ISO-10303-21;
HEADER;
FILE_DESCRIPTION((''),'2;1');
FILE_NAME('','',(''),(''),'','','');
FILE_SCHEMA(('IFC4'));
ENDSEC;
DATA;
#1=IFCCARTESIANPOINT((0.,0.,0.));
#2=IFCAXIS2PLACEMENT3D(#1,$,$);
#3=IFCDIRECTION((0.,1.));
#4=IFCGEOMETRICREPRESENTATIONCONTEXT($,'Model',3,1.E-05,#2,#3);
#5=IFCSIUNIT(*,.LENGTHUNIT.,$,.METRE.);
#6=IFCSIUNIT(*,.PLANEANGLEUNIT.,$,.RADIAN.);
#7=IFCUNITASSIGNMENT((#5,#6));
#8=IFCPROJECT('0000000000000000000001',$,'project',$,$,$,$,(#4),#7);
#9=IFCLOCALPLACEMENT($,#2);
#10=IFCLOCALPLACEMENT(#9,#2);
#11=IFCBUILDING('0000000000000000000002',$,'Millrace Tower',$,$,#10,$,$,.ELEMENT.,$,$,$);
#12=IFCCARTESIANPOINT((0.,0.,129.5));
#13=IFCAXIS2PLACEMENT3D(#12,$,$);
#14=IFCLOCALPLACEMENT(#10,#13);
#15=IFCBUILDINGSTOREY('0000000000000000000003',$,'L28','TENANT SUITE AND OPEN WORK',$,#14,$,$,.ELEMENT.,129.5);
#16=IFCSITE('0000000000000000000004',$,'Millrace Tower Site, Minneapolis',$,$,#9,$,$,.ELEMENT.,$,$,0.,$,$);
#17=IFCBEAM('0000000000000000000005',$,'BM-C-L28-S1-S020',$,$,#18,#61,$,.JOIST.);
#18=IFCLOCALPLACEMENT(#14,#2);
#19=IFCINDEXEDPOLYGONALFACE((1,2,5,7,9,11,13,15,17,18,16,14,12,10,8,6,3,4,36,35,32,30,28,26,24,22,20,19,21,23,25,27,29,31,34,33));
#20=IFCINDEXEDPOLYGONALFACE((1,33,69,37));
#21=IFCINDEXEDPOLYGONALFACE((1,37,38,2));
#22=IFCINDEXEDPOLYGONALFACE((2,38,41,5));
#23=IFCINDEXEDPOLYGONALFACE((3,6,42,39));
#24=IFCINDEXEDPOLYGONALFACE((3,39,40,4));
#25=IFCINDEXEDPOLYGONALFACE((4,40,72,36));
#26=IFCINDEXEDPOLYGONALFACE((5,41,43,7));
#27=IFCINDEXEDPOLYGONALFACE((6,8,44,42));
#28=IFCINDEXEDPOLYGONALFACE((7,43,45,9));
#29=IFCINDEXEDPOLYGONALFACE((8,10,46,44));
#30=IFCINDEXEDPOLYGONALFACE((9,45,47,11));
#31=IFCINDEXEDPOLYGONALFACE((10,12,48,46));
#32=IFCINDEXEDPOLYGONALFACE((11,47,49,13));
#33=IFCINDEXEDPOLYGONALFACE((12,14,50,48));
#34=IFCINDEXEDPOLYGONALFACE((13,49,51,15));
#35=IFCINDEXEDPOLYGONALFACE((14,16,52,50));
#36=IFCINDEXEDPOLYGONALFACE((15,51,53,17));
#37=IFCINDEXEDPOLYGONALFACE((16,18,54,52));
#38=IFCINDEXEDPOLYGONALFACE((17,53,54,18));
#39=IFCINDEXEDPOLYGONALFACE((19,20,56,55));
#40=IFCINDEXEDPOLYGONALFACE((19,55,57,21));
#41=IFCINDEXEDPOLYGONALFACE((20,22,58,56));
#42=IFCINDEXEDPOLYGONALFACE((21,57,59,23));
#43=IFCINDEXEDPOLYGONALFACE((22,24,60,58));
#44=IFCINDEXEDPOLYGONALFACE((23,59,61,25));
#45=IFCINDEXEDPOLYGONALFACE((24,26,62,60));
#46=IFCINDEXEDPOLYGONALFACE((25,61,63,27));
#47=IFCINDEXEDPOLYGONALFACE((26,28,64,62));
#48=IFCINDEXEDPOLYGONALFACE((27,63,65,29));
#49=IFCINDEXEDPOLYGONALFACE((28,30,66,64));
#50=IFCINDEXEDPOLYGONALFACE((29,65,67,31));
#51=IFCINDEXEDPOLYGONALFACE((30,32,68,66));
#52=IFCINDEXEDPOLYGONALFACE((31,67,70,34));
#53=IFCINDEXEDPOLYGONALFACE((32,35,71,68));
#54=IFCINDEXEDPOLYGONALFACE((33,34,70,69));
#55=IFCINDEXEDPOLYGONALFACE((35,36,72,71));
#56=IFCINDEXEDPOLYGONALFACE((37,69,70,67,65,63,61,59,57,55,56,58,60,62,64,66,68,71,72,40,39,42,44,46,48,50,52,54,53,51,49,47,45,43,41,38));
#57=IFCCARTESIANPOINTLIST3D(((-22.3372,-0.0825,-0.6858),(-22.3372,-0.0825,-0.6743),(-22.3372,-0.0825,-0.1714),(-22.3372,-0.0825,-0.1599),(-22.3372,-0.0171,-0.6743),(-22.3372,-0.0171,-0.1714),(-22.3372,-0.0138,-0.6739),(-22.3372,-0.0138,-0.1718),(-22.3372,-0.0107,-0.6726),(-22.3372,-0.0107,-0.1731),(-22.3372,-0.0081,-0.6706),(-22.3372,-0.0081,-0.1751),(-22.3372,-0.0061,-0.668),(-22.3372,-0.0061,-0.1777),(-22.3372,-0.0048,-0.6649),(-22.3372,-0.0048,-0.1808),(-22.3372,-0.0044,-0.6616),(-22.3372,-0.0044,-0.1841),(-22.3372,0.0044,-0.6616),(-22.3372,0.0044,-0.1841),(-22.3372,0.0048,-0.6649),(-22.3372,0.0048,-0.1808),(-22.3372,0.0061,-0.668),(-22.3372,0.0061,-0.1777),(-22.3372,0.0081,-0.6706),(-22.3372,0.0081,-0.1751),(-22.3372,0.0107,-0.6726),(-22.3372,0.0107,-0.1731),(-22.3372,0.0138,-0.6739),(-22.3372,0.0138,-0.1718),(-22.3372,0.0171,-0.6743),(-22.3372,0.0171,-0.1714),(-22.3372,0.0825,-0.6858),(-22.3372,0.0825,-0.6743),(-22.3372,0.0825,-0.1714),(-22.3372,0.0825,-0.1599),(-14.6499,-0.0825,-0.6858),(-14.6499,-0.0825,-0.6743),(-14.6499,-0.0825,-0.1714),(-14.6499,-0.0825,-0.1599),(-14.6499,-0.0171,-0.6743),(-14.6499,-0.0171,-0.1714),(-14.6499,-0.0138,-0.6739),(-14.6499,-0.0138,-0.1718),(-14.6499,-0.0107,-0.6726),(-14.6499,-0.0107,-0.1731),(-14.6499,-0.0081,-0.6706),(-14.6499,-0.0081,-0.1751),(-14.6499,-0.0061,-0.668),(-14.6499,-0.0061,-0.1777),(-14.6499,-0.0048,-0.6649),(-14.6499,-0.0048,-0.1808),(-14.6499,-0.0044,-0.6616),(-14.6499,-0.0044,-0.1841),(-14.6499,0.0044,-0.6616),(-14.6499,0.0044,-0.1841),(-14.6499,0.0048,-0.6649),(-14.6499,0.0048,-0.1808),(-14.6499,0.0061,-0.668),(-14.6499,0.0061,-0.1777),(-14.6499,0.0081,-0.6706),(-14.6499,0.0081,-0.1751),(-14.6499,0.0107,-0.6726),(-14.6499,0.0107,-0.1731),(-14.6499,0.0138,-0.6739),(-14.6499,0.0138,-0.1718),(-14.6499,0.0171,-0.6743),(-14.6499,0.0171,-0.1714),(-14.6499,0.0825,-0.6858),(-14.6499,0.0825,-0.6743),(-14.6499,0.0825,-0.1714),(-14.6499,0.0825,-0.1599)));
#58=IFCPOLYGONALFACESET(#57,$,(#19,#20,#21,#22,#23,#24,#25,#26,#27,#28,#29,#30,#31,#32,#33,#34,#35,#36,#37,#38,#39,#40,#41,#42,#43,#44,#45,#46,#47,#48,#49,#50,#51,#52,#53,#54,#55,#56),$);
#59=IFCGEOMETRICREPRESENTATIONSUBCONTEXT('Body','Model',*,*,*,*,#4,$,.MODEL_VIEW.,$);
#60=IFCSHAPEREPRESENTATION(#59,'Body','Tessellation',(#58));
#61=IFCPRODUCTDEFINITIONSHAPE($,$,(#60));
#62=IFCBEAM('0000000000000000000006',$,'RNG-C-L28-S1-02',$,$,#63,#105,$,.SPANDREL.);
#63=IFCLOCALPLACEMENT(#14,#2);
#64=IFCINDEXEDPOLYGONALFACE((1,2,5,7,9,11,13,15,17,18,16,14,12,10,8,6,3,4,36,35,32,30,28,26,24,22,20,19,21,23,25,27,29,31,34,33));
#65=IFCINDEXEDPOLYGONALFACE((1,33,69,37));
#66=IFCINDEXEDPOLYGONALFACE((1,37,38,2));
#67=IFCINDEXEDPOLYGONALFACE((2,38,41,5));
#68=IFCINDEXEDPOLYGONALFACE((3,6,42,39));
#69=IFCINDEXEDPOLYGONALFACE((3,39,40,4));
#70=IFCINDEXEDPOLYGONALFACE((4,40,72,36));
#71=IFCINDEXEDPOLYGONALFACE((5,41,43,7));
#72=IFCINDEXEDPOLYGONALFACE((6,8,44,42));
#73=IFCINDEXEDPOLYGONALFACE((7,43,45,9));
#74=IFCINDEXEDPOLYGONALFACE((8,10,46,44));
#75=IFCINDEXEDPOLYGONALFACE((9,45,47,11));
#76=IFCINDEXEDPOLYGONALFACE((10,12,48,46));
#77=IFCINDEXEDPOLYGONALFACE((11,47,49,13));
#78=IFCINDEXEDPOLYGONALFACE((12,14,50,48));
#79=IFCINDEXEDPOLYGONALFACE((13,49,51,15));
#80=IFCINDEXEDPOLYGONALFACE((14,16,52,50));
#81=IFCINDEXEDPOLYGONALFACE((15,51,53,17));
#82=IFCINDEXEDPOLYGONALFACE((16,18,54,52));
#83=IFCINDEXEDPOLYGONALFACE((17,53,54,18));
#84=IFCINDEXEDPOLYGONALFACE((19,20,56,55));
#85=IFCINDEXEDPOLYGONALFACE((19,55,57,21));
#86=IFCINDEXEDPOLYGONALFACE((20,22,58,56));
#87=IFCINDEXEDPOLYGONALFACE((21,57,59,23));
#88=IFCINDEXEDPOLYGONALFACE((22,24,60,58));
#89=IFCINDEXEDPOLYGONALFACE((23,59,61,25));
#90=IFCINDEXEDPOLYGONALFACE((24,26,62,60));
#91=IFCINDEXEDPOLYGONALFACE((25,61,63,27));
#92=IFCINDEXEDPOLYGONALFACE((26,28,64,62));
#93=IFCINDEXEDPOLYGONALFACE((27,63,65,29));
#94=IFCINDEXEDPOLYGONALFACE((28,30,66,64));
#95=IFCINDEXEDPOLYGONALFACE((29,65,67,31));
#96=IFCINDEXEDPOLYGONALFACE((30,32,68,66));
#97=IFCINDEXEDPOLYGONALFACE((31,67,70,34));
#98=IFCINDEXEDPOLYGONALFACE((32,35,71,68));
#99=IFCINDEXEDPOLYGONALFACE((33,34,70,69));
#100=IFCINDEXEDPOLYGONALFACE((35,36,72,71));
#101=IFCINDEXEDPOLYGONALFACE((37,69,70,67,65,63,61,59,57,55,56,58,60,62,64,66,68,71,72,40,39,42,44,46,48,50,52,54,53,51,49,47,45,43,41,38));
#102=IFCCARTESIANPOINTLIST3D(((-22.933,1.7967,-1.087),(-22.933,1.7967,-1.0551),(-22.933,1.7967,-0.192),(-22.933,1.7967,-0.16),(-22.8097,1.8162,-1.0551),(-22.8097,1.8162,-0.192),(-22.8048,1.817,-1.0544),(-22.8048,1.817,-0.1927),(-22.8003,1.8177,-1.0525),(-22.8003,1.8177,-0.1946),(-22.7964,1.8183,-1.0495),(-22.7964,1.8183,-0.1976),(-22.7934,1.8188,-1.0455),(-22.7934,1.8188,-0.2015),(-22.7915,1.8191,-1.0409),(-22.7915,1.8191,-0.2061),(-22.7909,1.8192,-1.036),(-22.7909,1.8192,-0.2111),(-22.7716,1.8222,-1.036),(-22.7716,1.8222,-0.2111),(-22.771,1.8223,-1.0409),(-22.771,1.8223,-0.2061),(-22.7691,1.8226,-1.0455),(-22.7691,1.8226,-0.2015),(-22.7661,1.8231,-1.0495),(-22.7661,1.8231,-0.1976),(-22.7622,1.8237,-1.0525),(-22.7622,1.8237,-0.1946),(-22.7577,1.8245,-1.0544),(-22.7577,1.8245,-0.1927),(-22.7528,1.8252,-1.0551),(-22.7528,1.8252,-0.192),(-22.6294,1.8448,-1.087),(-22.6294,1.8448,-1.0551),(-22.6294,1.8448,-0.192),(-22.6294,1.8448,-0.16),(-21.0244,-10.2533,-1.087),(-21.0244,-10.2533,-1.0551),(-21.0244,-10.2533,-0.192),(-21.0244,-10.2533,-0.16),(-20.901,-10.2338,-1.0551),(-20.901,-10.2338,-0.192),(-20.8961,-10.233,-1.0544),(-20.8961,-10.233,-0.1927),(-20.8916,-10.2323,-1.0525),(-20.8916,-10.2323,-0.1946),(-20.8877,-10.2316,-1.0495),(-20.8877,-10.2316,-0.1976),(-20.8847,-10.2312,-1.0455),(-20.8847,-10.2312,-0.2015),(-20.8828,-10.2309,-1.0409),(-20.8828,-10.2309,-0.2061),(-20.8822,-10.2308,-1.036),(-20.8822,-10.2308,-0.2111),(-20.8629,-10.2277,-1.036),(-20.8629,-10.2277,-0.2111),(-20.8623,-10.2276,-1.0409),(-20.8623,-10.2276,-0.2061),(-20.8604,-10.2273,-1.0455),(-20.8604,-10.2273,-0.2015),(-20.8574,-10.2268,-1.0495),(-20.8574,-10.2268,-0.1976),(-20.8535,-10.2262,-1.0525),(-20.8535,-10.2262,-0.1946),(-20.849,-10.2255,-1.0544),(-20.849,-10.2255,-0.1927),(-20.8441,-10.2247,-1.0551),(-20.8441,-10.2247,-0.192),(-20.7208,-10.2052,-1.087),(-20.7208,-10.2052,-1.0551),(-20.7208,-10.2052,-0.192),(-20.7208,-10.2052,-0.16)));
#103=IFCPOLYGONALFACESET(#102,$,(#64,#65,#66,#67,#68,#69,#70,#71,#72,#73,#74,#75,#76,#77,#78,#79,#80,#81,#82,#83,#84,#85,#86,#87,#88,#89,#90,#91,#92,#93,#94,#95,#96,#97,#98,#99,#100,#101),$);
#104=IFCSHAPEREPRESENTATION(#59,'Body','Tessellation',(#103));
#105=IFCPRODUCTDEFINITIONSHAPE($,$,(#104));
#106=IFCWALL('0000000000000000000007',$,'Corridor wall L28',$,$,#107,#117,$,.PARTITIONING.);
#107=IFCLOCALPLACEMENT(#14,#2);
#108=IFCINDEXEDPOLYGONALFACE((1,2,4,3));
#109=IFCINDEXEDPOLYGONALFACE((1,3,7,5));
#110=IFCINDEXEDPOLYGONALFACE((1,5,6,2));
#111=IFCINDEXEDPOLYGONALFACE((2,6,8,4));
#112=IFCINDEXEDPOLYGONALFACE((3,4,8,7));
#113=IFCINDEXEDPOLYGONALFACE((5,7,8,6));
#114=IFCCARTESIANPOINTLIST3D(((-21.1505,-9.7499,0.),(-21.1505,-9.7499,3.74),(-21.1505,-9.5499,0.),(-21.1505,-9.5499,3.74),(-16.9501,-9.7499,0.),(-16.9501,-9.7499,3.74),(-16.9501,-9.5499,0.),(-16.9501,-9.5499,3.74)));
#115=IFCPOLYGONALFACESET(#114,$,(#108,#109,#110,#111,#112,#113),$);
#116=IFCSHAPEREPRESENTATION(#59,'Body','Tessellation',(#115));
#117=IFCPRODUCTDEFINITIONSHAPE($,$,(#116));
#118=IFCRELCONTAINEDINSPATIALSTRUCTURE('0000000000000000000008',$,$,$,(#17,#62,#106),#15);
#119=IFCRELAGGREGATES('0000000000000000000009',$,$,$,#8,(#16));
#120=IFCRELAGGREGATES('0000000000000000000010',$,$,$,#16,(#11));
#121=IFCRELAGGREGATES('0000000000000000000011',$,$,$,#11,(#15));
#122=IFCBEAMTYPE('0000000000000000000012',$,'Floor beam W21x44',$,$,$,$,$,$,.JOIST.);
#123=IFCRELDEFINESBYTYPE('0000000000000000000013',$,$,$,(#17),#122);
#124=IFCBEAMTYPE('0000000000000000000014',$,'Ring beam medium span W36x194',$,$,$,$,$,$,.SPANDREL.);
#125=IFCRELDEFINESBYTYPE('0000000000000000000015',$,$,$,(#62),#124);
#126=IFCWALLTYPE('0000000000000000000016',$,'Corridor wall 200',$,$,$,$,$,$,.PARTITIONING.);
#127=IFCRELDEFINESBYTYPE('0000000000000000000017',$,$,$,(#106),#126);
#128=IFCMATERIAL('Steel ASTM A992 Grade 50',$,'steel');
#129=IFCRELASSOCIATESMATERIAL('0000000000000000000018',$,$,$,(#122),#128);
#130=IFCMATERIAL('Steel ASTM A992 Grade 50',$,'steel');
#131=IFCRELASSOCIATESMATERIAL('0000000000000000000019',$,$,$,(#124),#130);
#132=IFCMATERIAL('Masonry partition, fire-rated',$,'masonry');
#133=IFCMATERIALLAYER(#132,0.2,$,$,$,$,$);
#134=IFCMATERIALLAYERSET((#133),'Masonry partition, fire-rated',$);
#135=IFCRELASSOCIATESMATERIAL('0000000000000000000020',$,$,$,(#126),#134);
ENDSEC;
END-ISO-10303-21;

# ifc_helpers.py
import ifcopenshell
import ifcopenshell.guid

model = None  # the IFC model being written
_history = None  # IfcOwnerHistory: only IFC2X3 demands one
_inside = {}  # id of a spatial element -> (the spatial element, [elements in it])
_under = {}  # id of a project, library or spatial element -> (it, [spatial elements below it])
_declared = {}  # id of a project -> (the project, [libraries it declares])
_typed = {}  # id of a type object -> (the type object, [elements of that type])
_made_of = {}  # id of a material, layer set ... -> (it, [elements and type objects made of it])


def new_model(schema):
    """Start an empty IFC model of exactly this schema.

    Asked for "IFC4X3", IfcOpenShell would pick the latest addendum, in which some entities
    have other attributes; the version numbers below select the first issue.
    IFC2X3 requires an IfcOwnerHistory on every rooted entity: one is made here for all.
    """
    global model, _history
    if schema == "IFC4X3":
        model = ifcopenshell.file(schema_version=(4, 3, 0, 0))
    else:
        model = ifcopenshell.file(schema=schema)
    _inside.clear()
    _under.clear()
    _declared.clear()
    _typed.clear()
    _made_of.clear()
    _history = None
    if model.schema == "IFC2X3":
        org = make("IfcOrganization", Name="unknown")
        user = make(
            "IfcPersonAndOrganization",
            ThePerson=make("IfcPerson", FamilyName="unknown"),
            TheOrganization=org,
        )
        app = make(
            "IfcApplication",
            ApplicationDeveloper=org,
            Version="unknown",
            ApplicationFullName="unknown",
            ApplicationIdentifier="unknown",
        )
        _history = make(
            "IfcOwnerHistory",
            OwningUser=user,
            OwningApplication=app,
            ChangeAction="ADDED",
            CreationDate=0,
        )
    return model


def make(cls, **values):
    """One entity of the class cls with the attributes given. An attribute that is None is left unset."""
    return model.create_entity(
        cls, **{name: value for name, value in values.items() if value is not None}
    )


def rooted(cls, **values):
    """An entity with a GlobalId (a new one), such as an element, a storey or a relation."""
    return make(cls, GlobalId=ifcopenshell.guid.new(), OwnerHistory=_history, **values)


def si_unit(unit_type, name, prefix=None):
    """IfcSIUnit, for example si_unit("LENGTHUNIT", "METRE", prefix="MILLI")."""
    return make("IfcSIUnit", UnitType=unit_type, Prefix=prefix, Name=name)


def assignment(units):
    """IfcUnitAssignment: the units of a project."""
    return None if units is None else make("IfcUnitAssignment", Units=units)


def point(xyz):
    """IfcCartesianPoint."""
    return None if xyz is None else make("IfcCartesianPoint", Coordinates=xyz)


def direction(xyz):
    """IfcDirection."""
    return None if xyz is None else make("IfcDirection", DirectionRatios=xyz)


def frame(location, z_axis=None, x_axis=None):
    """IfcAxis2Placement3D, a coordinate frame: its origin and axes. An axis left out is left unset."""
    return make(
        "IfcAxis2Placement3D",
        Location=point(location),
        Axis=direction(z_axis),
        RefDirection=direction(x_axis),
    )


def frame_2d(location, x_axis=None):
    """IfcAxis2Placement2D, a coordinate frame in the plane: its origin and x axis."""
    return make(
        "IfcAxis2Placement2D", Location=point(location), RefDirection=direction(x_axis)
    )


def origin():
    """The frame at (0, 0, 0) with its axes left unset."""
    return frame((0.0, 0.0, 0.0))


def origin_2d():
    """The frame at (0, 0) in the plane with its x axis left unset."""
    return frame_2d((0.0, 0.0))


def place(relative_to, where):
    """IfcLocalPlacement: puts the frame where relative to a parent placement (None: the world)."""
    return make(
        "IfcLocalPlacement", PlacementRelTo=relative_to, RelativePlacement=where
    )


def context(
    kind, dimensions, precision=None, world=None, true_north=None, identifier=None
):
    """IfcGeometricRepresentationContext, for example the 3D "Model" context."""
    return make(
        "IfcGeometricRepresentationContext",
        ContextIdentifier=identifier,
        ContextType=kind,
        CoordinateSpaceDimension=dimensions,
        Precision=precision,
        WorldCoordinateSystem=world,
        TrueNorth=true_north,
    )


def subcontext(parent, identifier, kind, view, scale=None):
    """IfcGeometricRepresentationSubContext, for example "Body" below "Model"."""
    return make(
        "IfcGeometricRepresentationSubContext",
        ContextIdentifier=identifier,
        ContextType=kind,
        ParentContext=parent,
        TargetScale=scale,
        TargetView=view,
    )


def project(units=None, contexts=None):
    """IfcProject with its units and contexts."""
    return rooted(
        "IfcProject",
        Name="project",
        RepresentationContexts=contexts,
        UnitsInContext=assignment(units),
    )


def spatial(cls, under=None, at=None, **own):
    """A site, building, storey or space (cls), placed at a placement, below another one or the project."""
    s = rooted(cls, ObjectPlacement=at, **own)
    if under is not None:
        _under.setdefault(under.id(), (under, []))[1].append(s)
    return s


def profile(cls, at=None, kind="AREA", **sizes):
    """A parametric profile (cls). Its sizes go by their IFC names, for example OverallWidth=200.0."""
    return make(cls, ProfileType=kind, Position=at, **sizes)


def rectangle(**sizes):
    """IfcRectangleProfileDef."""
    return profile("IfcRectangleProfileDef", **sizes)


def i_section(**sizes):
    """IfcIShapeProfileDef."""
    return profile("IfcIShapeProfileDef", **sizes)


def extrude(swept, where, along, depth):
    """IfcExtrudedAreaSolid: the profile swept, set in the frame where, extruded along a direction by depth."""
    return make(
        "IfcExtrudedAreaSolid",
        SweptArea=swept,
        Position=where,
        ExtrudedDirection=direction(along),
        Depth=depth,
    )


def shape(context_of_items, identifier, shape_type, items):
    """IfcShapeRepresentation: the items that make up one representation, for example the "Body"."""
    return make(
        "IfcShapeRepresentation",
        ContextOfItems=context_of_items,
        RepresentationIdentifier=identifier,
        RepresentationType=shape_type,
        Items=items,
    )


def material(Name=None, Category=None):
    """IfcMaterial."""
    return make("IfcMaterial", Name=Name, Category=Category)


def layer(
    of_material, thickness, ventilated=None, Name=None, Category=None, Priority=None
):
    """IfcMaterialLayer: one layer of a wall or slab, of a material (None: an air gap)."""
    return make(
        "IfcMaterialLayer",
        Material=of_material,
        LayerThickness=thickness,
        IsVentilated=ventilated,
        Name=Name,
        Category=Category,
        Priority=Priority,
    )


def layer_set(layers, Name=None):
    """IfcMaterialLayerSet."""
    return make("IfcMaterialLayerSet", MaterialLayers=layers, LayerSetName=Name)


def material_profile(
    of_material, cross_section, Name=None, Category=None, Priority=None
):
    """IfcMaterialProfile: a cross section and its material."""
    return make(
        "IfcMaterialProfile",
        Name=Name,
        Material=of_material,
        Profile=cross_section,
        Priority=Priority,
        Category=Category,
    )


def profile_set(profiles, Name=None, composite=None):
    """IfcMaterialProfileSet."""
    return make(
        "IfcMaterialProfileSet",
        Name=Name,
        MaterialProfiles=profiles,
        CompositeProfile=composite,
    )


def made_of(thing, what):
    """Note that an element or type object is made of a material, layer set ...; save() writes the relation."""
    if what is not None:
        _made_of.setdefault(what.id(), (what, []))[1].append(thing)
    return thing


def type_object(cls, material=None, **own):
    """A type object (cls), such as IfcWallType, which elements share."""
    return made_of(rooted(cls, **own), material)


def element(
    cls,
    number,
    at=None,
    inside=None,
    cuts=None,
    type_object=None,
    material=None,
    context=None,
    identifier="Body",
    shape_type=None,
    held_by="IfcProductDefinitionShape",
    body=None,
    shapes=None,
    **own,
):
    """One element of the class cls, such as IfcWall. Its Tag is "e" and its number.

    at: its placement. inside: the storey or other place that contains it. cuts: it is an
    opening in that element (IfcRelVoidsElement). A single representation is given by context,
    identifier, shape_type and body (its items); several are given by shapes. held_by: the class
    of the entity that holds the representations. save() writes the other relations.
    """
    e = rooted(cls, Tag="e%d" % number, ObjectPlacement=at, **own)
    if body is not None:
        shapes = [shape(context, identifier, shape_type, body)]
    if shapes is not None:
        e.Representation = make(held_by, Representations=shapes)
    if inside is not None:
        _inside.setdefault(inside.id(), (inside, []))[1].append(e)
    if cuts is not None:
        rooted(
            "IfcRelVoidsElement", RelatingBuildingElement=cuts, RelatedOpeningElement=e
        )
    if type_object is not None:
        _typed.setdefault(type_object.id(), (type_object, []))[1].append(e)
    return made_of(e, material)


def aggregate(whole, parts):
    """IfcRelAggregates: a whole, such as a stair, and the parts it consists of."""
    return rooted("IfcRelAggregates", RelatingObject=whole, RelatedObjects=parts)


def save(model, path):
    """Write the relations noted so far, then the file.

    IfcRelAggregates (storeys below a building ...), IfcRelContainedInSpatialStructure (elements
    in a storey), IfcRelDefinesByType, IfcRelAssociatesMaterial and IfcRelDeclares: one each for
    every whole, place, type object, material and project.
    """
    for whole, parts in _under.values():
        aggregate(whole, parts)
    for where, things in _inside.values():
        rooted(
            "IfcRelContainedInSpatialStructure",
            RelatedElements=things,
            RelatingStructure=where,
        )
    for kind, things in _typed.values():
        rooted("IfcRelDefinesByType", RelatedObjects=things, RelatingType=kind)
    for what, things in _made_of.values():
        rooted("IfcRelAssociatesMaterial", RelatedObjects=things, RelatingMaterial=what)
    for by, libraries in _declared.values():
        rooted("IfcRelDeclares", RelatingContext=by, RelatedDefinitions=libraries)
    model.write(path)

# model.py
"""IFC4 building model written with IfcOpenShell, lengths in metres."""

from ifc_helpers import new_model, si_unit, direction, frame, frame_2d, origin, origin_2d, place, context, subcontext, project, spatial, rectangle, i_section, extrude, material, layer, layer_set, material_profile, profile_set, type_object, element, save


model = new_model("IFC4")

# Units and contexts
model_context = context("Model", 3, precision=1e-05, world=origin(), true_north=direction((0.0, 1.0)))
body_context = subcontext(model_context, "Body", "Model", "MODEL_VIEW")
ifc_project = project(units=[si_unit("LENGTHUNIT", "METRE"), si_unit("PLANEANGLEUNIT", "RADIAN")], contexts=[model_context])

# Site, building, storey
site_placement = place(None, origin())
site = spatial("IfcSite", under=ifc_project, at=site_placement, Name="Millrace Tower Site, Minneapolis", CompositionType="ELEMENT", RefElevation=0.0)
building_placement = place(site_placement, origin())
building = spatial("IfcBuilding", under=site, at=building_placement, Name="Millrace Tower", CompositionType="ELEMENT")
storey_placement = place(building_placement, frame((0.0, 0.0, 129.5)))
storey = spatial("IfcBuildingStorey", under=building, at=storey_placement, Name="L28", Description="TENANT SUITE AND OPEN WORK", CompositionType="ELEMENT", Elevation=129.5)

# Beams
ifc_material_1 = material(Name="Steel ASTM A992 Grade 50", Category="steel")
ifc_material_profile_1 = material_profile(ifc_material_1, i_section(OverallWidth=0.165, OverallDepth=0.5259, WebThickness=0.0088, FlangeThickness=0.0115, FilletRadius=0.0127, at=origin_2d()))
ifc_profile_set_1 = profile_set([ifc_material_profile_1], Name="Steel ASTM A992 Grade 50")
beam_type_1 = type_object("IfcBeamType", Name="Floor beam W21x44", PredefinedType="JOIST", material=ifc_profile_set_1)
beam_1_placement = place(storey_placement, frame((-22.3372, 0.0, -0.4229), z_axis=(1.0, 0.0, 0.0), x_axis=(0.0, 1.0, 0.0)))
element("IfcBeam", 1, at=beam_1_placement, inside=storey, type_object=beam_type_1, Name="BM-C-L28-S1-S020", PredefinedType="JOIST", context=body_context, shape_type="SweptSolid", body=[
    extrude(i_section(OverallWidth=0.165, OverallDepth=0.5259, WebThickness=0.0088, FlangeThickness=0.0115, FilletRadius=0.0127, at=origin_2d()), origin(), (0.0, 0.0, 1.0), 7.6873),
])
ifc_material_2 = material(Name="Steel ASTM A992 Grade 50", Category="steel")
ifc_material_profile_2 = material_profile(ifc_material_2, i_section(OverallWidth=0.3074, OverallDepth=0.927, WebThickness=0.0195, FlangeThickness=0.032, FilletRadius=0.019, at=origin_2d()))
ifc_profile_set_2 = profile_set([ifc_material_profile_2], Name="Steel ASTM A992 Grade 50")
beam_type_2 = type_object("IfcBeamType", Name="Ring beam medium span W36x194", PredefinedType="SPANDREL", material=ifc_profile_set_2)
beam_2_placement = place(storey_placement, frame((-20.8726, -10.2292, -0.6235), z_axis=(-0.156447, 0.987686, 0.0), x_axis=(-0.987686, -0.156447, 0.0)))
element("IfcBeam", 2, at=beam_2_placement, inside=storey, type_object=beam_type_2, Name="RNG-C-L28-S1-02", PredefinedType="SPANDREL", context=body_context, shape_type="SweptSolid", body=[
    extrude(i_section(OverallWidth=0.3074, OverallDepth=0.927, WebThickness=0.0195, FlangeThickness=0.032, FilletRadius=0.019, at=origin_2d()), origin(), (0.0, 0.0, 1.0), 12.2002),
])

# Wall
ifc_material_3 = material(Name="Masonry partition, fire-rated", Category="masonry")
ifc_layer_1 = layer(ifc_material_3, 0.2)
ifc_layer_set_1 = layer_set([ifc_layer_1], Name="Masonry partition, fire-rated")
wall_type = type_object("IfcWallType", Name="Corridor wall 200", PredefinedType="PARTITIONING", material=ifc_layer_set_1)
wall_placement = place(storey_placement, frame((-21.1504, -9.6499, 0.0), z_axis=(0.0, 0.0, 1.0), x_axis=(1.0, 0.0, 0.0)))
element("IfcWall", 3, at=wall_placement, inside=storey, type_object=wall_type, Name="Corridor wall L28", PredefinedType="PARTITIONING", context=body_context, shape_type="SweptSolid", body=[
    extrude(rectangle(XDim=4.2004, YDim=0.2, at=frame_2d((2.1001, 0.0))), origin(), (0.0, 0.0, 1.0), 3.74),
])

save(model, "model.ifc")
